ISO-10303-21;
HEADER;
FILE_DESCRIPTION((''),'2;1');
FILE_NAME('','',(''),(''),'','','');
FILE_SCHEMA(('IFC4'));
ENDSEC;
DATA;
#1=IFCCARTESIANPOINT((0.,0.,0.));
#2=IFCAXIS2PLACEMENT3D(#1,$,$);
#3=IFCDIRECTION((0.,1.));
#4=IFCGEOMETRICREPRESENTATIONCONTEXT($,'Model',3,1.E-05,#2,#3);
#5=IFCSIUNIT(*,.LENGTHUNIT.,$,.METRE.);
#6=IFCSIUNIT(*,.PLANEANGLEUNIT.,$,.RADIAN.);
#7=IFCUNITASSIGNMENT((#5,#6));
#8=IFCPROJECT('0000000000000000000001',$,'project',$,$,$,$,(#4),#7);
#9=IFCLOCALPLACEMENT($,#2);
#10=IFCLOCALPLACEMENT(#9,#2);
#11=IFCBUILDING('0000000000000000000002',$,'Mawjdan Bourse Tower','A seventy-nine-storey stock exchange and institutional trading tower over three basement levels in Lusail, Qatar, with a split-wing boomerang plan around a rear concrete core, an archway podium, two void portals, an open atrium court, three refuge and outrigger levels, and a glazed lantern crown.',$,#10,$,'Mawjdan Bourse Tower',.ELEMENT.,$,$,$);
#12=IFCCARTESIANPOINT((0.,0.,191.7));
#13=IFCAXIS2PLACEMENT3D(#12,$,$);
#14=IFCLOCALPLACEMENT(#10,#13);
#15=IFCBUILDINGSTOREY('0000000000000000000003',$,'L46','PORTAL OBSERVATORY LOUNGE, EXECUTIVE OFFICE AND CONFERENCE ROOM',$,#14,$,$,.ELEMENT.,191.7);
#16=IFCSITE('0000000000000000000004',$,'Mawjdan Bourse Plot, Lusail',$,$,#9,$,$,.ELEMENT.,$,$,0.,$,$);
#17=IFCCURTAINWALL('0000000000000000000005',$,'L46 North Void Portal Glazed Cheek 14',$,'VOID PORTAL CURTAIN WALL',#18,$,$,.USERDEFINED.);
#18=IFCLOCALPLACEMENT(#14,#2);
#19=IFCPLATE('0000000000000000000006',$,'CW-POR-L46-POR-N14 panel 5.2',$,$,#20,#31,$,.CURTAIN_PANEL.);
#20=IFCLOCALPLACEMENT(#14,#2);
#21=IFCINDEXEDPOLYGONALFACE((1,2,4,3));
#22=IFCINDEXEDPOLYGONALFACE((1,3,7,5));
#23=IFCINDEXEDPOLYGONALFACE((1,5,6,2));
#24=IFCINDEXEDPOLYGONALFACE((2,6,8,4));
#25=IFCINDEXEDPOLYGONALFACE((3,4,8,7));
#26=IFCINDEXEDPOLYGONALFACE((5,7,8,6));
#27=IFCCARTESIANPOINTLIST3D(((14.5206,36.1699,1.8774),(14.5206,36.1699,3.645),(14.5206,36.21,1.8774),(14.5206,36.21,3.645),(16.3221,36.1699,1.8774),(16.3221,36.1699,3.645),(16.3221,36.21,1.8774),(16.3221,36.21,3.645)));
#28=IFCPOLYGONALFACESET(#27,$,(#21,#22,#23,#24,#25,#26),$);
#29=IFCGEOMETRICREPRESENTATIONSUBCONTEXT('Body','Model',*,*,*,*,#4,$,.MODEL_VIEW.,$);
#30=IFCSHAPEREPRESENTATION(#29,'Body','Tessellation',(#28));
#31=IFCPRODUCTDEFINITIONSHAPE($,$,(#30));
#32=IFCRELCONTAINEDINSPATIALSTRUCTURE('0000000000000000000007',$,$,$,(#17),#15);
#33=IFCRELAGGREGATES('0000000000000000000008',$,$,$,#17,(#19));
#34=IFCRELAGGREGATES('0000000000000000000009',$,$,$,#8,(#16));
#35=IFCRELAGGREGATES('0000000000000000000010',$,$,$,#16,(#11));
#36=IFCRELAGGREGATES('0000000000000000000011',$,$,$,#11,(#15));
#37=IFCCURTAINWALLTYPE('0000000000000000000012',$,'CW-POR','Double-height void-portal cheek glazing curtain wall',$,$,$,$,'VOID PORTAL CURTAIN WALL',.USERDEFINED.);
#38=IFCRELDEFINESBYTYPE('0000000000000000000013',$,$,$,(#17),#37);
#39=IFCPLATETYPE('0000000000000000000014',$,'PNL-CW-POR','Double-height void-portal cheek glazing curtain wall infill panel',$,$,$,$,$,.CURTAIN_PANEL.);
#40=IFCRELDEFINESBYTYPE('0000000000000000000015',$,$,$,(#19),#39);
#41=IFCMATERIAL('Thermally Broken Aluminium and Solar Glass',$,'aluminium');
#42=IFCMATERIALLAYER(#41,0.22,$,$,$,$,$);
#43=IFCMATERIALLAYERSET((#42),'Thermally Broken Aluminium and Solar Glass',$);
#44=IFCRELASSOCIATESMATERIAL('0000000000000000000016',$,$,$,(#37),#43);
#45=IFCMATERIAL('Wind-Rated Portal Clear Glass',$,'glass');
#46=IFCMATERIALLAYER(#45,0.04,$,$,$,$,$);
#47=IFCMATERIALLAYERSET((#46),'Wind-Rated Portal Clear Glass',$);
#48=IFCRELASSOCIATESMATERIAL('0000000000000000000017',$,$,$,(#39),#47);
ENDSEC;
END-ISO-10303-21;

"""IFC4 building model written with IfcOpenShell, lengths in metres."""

from ifc_helpers import new_model, si_unit, direction, frame, origin, origin_2d, place, context, subcontext, project, spatial, rectangle, extrude, material, layer, layer_set, type_object, element, aggregate, save


model = new_model("IFC4")

# Units and contexts
model_context = context("Model", 3, precision=1e-05, world=origin(), true_north=direction((0.0, 1.0)))
body_context = subcontext(model_context, "Body", "Model", "MODEL_VIEW")
ifc_project = project(units=[si_unit("LENGTHUNIT", "METRE"), si_unit("PLANEANGLEUNIT", "RADIAN")], contexts=[model_context])

# Site, building, storey
site_placement = place(None, origin())
site = spatial("IfcSite", under=ifc_project, at=site_placement, Name="Mawjdan Bourse Plot, Lusail", CompositionType="ELEMENT", RefElevation=0.0)
building_placement = place(site_placement, origin())
building = spatial("IfcBuilding", under=site, at=building_placement, Name="Mawjdan Bourse Tower", Description="A seventy-nine-storey stock exchange and institutional trading tower over three basement levels in Lusail, Qatar, with a split-wing boomerang plan around a rear concrete core, an archway podium, two void portals, an open atrium court, three refuge and outrigger levels, and a glazed lantern crown.", LongName="Mawjdan Bourse Tower", CompositionType="ELEMENT")
storey_placement = place(building_placement, frame((0.0, 0.0, 191.7)))
storey = spatial("IfcBuildingStorey", under=building, at=storey_placement, Name="L46", Description="PORTAL OBSERVATORY LOUNGE, EXECUTIVE OFFICE AND CONFERENCE ROOM", CompositionType="ELEMENT", Elevation=191.7)

# Curtain wall, plate
ifc_material_1 = material(Name="Thermally Broken Aluminium and Solar Glass", Category="aluminium")
ifc_layer_1 = layer(ifc_material_1, 0.22)
ifc_layer_set_1 = layer_set([ifc_layer_1], Name="Thermally Broken Aluminium and Solar Glass")
curtain_wall_type = type_object("IfcCurtainWallType", Name="CW-POR", Description="Double-height void-portal cheek glazing curtain wall", ElementType="VOID PORTAL CURTAIN WALL", PredefinedType="USERDEFINED", material=ifc_layer_set_1)
curtain_wall_placement = place(storey_placement, origin())
curtain_wall = element("IfcCurtainWall", 1, at=curtain_wall_placement, inside=storey, type_object=curtain_wall_type, Name="L46 North Void Portal Glazed Cheek 14", ObjectType="VOID PORTAL CURTAIN WALL", PredefinedType="USERDEFINED")
ifc_material_2 = material(Name="Wind-Rated Portal Clear Glass", Category="glass")
ifc_layer_2 = layer(ifc_material_2, 0.04)
ifc_layer_set_2 = layer_set([ifc_layer_2], Name="Wind-Rated Portal Clear Glass")
plate_type = type_object("IfcPlateType", Name="PNL-CW-POR", Description="Double-height void-portal cheek glazing curtain wall infill panel", PredefinedType="CURTAIN_PANEL", material=ifc_layer_set_2)
plate_1_placement = place(storey_placement, frame((15.4214, 36.1899, 1.8774), z_axis=(0.0, 0.0, 1.0), x_axis=(1.0, 0.0, 0.0)))
plate_1 = element("IfcPlate", 2, at=plate_1_placement, type_object=plate_type, Name="CW-POR-L46-POR-N14 panel 5.2", PredefinedType="CURTAIN_PANEL", context=body_context, shape_type="SweptSolid", body=[
    extrude(rectangle(XDim=1.8015, YDim=0.04, at=origin_2d()), origin(), (0.0, 0.0, 1.0), 1.7676),
])
aggregate(curtain_wall, [plate_1])

save(model, "model.ifc")
